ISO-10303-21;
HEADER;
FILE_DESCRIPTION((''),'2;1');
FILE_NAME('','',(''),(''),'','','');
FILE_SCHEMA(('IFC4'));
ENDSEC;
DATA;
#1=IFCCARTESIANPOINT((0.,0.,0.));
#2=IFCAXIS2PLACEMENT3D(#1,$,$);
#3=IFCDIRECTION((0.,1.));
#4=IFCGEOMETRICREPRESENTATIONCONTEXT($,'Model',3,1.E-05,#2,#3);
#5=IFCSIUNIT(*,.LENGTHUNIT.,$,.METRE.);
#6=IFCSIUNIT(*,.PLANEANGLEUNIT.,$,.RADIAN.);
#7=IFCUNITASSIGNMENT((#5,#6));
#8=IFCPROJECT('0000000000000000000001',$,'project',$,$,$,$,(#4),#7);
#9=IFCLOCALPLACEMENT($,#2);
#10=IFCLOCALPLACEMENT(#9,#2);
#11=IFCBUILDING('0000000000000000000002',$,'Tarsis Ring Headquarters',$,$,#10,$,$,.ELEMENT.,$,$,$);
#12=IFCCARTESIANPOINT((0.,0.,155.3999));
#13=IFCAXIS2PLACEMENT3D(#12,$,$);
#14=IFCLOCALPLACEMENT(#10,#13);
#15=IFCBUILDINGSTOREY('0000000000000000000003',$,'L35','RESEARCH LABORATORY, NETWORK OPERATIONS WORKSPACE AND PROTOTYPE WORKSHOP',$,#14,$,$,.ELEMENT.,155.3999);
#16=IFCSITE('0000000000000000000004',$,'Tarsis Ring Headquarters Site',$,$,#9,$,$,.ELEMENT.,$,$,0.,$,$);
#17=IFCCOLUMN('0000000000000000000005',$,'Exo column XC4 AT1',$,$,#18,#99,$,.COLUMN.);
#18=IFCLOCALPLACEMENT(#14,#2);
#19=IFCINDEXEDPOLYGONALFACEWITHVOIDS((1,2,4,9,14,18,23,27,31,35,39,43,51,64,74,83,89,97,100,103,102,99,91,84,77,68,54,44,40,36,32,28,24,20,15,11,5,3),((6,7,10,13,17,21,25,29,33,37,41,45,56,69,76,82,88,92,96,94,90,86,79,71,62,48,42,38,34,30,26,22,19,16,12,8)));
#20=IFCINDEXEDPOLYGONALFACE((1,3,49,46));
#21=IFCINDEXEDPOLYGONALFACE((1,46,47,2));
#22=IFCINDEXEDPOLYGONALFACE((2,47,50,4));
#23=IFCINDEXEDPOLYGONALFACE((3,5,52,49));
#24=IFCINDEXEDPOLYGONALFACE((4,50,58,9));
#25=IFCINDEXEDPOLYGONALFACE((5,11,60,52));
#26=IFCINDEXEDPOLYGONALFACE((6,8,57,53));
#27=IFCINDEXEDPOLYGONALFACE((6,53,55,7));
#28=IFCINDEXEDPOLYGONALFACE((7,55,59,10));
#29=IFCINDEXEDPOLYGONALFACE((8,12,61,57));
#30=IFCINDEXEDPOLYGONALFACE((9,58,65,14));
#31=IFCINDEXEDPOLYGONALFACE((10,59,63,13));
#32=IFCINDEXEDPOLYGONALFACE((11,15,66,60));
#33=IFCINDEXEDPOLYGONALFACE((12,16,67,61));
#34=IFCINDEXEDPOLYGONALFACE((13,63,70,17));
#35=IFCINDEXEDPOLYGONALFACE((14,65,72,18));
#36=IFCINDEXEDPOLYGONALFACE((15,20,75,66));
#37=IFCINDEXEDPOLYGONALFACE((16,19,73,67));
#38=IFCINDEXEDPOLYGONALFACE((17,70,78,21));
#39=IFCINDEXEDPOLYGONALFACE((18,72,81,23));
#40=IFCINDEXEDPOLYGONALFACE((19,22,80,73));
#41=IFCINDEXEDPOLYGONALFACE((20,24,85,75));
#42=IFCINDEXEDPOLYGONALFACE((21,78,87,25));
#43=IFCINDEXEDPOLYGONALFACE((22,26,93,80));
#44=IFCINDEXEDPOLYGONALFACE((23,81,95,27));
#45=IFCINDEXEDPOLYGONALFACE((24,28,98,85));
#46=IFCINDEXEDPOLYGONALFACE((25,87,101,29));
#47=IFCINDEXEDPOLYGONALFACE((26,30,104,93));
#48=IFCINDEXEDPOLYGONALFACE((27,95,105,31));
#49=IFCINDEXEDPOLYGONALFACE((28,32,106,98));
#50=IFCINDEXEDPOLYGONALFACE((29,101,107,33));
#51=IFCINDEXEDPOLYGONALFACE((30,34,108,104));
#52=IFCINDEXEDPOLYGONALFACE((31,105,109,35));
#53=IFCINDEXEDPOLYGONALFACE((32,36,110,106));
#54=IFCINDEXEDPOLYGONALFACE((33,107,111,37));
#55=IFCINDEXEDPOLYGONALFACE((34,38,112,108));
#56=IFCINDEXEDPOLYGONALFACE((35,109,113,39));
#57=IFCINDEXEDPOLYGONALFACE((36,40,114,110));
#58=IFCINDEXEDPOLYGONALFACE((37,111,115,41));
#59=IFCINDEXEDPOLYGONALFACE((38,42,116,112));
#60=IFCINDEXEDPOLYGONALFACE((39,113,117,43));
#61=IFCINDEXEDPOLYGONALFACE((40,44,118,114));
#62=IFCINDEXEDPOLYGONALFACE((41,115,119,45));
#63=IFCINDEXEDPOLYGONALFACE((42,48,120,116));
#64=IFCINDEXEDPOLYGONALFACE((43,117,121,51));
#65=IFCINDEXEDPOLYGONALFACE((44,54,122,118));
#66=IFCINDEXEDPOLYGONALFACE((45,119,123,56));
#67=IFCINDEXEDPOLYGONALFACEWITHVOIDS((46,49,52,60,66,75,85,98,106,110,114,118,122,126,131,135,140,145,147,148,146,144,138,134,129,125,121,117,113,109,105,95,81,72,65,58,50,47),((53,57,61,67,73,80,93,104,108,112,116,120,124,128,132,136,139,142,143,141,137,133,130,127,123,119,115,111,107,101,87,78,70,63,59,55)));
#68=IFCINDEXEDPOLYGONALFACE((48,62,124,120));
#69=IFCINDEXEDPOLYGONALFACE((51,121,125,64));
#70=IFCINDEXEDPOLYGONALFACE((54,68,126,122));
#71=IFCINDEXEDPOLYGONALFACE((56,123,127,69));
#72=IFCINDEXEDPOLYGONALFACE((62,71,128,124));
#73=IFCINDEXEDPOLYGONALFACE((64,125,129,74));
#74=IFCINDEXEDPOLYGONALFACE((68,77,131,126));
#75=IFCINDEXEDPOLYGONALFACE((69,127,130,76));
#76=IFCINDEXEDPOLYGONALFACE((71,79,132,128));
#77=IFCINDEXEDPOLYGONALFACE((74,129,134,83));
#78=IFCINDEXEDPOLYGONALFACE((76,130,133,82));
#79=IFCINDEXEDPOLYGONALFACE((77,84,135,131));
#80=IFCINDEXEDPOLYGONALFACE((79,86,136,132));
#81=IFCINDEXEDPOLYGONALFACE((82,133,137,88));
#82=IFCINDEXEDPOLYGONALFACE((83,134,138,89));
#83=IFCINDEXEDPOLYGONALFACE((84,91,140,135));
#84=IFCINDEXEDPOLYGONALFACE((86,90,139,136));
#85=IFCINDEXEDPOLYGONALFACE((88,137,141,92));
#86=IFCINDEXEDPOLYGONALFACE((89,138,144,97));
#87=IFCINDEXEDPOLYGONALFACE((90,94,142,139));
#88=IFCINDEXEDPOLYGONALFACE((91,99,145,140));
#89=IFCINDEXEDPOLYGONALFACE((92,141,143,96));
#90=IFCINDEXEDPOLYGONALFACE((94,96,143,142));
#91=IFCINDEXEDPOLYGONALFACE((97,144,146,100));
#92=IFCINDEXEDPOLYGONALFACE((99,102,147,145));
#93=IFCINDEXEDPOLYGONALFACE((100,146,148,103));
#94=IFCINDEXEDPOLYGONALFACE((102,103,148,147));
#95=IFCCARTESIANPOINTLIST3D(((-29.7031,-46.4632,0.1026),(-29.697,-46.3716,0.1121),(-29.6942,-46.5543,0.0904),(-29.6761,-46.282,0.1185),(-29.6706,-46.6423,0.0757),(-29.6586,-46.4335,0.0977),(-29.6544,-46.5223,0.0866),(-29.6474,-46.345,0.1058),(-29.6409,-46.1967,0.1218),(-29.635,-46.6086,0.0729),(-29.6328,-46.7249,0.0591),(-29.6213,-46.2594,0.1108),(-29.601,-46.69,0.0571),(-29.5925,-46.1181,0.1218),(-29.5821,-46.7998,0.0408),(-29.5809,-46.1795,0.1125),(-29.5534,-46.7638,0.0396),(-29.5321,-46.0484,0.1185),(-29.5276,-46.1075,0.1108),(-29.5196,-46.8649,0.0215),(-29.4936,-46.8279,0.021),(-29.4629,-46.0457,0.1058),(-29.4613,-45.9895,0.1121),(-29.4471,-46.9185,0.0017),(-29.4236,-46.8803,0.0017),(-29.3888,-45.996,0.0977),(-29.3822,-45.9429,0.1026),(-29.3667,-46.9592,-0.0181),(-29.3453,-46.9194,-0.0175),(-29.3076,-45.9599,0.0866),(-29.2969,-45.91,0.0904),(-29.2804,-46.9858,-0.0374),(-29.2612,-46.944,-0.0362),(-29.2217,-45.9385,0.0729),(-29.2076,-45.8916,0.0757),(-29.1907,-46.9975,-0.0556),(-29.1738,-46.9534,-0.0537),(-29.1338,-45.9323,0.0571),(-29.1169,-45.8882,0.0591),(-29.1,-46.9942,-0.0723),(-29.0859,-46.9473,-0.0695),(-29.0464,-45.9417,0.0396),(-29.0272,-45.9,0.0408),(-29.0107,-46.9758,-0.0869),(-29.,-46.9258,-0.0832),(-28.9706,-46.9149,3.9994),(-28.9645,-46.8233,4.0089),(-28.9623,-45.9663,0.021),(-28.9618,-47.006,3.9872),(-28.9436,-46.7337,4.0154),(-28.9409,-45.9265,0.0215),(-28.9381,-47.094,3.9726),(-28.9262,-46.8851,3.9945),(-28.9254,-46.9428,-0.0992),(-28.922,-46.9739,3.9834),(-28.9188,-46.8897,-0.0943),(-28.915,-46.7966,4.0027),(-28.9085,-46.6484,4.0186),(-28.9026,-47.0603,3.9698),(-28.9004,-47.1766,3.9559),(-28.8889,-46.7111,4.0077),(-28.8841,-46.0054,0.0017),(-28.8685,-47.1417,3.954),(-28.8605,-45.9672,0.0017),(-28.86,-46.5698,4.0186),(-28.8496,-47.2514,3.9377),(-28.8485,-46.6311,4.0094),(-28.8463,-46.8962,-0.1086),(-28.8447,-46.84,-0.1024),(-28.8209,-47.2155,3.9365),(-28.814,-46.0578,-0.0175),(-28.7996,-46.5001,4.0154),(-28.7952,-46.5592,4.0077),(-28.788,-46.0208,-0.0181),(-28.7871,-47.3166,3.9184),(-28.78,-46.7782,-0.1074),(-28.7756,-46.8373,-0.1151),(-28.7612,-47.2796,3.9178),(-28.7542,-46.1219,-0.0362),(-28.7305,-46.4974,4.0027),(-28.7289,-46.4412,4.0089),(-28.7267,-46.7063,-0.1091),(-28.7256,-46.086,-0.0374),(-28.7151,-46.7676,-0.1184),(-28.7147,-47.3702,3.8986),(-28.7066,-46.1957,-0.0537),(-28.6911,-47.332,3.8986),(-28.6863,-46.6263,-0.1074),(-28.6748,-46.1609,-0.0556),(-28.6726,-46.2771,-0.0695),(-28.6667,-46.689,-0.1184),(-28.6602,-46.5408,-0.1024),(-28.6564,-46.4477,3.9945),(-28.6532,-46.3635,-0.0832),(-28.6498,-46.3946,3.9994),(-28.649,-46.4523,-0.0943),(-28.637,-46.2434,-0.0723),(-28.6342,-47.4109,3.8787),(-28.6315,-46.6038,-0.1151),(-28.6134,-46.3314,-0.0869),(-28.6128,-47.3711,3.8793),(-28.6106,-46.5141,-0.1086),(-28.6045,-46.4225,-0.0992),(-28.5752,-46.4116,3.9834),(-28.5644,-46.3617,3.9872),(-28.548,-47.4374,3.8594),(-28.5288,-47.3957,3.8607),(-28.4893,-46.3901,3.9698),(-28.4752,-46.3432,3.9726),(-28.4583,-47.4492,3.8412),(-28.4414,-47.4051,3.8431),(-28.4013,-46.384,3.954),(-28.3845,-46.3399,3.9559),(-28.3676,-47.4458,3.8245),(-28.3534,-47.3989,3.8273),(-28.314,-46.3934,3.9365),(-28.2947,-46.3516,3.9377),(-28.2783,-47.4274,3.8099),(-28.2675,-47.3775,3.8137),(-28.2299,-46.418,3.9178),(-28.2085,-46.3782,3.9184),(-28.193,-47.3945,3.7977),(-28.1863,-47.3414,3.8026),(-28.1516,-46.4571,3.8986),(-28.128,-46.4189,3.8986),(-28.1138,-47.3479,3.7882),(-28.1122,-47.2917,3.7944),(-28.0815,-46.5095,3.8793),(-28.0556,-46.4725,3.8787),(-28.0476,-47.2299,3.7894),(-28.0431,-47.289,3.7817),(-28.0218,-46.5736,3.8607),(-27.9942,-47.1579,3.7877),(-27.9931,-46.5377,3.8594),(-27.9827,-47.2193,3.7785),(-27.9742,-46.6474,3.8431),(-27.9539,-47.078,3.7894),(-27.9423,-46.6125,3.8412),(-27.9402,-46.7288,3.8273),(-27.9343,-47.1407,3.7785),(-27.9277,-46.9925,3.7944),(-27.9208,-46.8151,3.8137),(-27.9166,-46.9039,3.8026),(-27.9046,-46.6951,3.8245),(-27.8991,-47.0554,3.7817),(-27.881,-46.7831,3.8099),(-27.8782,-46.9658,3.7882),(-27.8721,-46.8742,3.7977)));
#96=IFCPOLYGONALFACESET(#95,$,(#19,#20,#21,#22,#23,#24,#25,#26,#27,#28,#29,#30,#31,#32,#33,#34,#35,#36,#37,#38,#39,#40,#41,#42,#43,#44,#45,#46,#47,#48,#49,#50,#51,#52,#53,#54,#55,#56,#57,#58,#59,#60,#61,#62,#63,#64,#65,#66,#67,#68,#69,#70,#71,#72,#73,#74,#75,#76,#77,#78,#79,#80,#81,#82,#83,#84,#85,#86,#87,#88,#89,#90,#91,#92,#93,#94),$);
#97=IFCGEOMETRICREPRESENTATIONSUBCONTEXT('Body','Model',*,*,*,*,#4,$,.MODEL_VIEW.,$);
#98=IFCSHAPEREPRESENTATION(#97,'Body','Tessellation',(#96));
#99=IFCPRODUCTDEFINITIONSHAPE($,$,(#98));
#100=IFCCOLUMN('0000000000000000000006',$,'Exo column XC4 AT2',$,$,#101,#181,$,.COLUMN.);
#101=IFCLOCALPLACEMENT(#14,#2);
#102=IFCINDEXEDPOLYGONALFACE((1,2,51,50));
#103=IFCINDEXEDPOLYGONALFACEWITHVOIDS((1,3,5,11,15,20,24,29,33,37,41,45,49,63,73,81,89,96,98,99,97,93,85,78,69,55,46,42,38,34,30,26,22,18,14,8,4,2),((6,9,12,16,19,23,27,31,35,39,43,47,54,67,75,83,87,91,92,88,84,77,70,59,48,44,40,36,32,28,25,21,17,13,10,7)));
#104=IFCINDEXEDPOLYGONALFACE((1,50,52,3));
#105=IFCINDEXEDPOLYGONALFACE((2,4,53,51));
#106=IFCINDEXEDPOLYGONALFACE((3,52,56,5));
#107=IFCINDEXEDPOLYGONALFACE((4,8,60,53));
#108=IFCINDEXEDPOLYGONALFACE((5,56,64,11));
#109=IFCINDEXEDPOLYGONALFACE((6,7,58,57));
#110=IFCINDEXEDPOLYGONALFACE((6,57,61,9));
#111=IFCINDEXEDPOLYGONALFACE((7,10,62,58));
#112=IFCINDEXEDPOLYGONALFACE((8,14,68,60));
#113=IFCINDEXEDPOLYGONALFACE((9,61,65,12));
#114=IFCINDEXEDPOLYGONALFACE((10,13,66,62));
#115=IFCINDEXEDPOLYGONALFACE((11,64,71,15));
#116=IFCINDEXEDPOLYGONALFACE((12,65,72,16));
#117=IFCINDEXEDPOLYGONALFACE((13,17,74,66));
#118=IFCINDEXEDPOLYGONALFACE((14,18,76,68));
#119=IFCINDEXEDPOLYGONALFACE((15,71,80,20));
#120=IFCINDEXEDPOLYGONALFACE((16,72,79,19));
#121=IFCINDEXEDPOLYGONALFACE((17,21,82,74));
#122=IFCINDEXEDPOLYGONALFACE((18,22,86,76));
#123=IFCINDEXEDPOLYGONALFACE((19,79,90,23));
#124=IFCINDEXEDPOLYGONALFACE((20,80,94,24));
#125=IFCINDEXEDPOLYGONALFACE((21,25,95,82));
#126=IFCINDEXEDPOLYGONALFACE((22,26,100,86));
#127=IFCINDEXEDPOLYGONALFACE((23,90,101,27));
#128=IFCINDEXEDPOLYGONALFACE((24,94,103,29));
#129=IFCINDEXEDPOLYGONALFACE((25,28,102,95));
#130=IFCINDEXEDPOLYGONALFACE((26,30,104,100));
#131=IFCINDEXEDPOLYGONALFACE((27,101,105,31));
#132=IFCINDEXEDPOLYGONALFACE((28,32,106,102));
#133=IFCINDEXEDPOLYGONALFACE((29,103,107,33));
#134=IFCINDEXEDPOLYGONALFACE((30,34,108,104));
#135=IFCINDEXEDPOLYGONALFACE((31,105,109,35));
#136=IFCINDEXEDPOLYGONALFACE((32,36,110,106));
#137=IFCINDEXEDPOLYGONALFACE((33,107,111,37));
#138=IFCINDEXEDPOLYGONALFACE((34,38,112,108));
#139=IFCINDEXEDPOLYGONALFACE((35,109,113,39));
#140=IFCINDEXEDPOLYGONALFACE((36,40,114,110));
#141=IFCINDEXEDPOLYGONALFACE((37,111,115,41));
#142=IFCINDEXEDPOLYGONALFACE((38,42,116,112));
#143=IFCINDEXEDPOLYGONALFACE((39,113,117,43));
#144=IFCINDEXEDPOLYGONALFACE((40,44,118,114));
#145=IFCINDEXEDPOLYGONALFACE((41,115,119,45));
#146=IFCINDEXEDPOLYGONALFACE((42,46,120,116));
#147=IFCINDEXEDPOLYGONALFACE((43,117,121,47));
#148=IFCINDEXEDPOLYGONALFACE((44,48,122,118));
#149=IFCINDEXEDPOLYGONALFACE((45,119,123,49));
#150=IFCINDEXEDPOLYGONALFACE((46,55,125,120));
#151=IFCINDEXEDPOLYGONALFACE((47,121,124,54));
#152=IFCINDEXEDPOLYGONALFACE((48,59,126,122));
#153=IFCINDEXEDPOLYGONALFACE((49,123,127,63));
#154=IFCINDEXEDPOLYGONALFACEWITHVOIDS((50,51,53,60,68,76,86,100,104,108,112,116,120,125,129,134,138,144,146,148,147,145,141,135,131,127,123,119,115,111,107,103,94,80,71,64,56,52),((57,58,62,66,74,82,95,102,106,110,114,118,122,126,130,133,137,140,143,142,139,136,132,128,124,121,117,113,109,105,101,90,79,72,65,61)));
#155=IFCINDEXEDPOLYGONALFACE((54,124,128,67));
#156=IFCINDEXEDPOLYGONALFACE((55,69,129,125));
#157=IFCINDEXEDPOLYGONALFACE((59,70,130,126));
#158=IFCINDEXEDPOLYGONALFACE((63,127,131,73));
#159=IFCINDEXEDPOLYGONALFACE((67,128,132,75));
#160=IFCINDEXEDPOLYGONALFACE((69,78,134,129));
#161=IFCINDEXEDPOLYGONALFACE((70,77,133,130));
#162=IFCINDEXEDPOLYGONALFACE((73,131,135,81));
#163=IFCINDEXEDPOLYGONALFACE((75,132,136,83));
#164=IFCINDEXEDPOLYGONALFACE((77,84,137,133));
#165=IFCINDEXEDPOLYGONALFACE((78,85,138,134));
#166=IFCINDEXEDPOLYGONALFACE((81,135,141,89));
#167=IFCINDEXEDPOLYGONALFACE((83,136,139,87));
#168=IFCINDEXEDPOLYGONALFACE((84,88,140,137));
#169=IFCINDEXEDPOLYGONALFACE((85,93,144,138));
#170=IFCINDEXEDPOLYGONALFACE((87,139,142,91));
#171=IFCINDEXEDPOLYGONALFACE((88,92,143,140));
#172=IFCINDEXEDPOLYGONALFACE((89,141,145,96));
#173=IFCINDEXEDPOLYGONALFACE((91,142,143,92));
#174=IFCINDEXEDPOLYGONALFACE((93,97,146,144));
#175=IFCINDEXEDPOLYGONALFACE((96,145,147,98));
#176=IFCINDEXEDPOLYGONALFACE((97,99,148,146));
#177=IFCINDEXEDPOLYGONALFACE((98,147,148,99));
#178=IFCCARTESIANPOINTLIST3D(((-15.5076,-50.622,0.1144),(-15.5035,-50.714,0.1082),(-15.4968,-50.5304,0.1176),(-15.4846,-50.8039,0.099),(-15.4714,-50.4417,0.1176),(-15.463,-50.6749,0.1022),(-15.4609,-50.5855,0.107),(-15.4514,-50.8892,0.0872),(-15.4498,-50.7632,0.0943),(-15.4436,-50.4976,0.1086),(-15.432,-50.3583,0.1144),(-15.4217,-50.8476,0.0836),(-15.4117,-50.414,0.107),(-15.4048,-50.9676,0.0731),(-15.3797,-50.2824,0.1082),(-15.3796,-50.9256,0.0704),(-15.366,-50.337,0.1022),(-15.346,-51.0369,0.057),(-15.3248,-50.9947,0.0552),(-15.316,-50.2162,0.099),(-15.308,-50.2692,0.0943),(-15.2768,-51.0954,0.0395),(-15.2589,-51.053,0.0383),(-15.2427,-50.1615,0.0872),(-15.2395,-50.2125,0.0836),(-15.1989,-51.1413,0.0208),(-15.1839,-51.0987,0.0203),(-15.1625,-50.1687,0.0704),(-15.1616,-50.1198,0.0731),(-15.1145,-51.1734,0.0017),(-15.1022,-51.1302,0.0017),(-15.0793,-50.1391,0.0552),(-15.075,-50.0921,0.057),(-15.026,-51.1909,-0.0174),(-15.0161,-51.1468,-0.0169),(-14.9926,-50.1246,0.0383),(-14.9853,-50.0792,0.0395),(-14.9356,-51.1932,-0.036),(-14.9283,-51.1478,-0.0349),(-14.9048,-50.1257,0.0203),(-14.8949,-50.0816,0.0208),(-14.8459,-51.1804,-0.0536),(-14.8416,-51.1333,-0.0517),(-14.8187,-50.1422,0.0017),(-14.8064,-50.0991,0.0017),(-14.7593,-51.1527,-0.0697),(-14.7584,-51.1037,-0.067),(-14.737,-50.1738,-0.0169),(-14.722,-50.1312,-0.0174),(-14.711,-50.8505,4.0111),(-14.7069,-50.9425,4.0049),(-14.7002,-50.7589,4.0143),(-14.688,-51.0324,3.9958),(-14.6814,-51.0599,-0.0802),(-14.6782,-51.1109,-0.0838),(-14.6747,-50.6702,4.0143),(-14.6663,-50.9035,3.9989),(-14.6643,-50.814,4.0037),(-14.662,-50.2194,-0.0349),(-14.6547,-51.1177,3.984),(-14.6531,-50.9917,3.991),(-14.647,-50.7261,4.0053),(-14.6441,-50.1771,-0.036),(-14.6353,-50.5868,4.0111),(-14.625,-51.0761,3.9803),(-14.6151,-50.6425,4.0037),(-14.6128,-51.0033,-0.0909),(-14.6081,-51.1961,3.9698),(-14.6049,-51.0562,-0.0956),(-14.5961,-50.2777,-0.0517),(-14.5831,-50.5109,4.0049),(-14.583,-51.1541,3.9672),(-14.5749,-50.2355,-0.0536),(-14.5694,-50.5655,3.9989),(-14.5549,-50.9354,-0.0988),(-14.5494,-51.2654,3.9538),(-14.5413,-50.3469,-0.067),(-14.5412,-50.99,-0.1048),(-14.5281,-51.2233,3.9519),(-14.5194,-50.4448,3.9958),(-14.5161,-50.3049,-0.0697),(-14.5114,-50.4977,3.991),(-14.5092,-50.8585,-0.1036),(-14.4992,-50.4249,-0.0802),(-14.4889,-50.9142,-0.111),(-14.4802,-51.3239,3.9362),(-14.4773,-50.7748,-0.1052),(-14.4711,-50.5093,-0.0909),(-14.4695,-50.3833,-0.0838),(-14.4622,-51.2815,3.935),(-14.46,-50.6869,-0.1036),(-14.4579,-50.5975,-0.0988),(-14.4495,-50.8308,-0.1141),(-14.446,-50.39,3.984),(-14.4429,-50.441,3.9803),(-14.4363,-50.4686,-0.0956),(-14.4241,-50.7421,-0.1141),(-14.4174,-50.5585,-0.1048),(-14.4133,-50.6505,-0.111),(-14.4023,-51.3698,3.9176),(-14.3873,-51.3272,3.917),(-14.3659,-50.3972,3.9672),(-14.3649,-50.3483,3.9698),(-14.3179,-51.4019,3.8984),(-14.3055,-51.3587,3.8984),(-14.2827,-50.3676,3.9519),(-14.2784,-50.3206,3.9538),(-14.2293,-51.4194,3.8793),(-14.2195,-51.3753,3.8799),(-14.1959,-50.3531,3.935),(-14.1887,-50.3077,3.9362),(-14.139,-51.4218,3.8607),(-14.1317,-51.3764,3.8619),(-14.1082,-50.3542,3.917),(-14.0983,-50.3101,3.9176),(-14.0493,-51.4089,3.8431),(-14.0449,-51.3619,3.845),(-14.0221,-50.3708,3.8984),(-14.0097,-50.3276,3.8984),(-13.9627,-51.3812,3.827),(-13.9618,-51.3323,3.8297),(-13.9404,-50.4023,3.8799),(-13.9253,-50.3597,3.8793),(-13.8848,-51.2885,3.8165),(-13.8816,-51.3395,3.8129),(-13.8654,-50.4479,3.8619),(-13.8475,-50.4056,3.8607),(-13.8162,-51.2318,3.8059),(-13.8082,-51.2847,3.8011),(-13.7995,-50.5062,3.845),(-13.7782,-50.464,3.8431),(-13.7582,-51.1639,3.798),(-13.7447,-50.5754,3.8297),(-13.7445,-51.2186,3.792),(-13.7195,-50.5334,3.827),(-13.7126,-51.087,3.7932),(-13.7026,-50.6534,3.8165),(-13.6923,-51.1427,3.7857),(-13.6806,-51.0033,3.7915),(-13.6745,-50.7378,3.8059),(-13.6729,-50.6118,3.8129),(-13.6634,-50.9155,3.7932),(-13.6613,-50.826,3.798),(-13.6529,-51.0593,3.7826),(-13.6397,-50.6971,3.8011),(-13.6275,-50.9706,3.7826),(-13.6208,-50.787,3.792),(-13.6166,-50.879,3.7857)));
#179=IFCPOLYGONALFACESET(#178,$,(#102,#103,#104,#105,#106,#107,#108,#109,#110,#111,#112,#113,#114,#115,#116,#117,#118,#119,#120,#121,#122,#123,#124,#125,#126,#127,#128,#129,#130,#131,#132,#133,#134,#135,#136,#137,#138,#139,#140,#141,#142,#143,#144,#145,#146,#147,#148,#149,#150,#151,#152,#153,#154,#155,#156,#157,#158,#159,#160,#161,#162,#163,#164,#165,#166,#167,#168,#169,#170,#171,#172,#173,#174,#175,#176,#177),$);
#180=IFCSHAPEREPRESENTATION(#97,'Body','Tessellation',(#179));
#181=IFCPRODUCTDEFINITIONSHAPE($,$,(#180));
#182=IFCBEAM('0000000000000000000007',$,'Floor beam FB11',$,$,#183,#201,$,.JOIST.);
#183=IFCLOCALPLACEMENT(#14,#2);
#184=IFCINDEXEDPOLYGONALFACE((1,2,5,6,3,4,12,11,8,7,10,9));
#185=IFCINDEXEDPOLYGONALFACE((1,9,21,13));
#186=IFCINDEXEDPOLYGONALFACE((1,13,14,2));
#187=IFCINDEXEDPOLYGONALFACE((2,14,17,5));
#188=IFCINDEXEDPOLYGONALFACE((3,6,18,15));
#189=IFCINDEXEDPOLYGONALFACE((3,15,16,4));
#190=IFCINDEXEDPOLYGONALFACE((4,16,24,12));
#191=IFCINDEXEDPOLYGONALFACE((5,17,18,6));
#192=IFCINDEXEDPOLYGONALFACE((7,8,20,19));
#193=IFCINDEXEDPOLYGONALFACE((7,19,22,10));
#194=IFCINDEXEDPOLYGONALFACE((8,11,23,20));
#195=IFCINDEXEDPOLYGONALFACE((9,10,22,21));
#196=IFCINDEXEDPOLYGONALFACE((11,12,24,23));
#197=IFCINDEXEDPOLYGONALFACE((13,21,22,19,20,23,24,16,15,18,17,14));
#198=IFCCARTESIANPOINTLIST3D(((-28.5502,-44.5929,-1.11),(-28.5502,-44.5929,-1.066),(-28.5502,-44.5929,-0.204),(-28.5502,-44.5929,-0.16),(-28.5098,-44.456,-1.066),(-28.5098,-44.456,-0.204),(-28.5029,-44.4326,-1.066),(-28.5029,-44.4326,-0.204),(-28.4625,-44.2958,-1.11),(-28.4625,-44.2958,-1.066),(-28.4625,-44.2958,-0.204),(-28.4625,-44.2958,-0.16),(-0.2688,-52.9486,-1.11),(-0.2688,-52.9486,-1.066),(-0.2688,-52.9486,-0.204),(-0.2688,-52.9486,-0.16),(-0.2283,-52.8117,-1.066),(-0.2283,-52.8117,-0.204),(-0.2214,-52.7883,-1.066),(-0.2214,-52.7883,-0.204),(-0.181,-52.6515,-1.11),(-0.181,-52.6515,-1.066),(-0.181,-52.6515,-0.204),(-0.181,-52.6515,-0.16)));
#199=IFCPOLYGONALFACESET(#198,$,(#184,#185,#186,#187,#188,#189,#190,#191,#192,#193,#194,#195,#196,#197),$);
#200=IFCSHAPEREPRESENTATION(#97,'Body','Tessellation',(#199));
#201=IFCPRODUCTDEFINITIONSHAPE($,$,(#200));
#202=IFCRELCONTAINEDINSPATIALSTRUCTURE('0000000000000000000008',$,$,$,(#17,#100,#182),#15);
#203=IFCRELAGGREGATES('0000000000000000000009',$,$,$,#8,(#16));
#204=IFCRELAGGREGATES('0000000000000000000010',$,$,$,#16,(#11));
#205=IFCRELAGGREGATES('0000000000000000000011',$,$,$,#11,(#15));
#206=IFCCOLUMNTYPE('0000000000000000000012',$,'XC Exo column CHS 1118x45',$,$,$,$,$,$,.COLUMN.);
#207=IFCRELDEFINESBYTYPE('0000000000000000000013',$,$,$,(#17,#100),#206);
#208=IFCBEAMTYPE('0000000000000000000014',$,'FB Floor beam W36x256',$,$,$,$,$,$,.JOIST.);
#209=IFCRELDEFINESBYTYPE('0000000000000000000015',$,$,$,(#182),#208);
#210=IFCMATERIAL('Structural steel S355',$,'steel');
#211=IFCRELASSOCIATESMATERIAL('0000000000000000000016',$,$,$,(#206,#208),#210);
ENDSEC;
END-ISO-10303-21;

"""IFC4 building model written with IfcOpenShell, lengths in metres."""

from ifc_helpers import new_model, si_unit, direction, frame, origin, origin_2d, place, context, subcontext, project, spatial, hollow_circle, i_section, extrude, material, material_profile, profile_set, type_object, element, save


model = new_model("IFC4")

# Units and contexts
model_context = context("Model", 3, precision=1e-05, world=origin(), true_north=direction((0.0, 1.0)))
body_context = subcontext(model_context, "Body", "Model", "MODEL_VIEW")
ifc_project = project(units=[si_unit("LENGTHUNIT", "METRE"), si_unit("PLANEANGLEUNIT", "RADIAN")], contexts=[model_context])

# Site, building, storey
site_placement = place(None, origin())
site = spatial("IfcSite", under=ifc_project, at=site_placement, Name="Tarsis Ring Headquarters Site", CompositionType="ELEMENT", RefElevation=0.0)
building_placement = place(site_placement, origin())
building = spatial("IfcBuilding", under=site, at=building_placement, Name="Tarsis Ring Headquarters", CompositionType="ELEMENT")
storey_placement = place(building_placement, frame((0.0, 0.0, 155.3999)))
storey = spatial("IfcBuildingStorey", under=building, at=storey_placement, Name="L35", Description="RESEARCH LABORATORY, NETWORK OPERATIONS WORKSPACE AND PROTOTYPE WORKSHOP", CompositionType="ELEMENT", Elevation=155.3999)

# Columns
ifc_material_1 = material(Name="Structural steel S355", Category="steel")
ifc_material_profile_1 = material_profile(ifc_material_1, hollow_circle(Radius=0.5588, WallThickness=0.0449, at=origin_2d()), Name="CHS 1118x45")
ifc_profile_set_1 = profile_set([ifc_material_profile_1], Name="Structural steel S355")
column_type = type_object("IfcColumnType", Name="XC Exo column CHS 1118x45", PredefinedType="COLUMN", material=ifc_profile_set_1)
column_1_placement = place(storey_placement, frame((-29.1538, -46.4429, 0.0017), z_axis=(0.183537, -0.113181, 0.976476), x_axis=(0.524889, 0.851171, 0.0)))
element("IfcColumn", 1, at=column_1_placement, inside=storey, type_object=column_type, Name="Exo column XC4 AT1", PredefinedType="COLUMN", context=body_context, shape_type="SweptSolid", body=[
    extrude(hollow_circle(Radius=0.5588, WallThickness=0.0449, at=origin_2d()), origin(), (0.0, 0.0, 1.0), 3.9907),
])
column_2_placement = place(storey_placement, frame((-14.9604, -50.6362, 0.0017), z_axis=(0.199963, -0.05736, 0.978123), x_axis=(0.275733, 0.961234, 0.0)))
element("IfcColumn", 2, at=column_2_placement, inside=storey, type_object=column_type, Name="Exo column XC4 AT2", PredefinedType="COLUMN", context=body_context, shape_type="SweptSolid", body=[
    extrude(hollow_circle(Radius=0.5588, WallThickness=0.0449, at=origin_2d()), origin(), (0.0, 0.0, 1.0), 3.9839),
])

# Beam
ifc_material_profile_2 = material_profile(ifc_material_1, i_section(OverallWidth=0.3098, OverallDepth=0.95, WebThickness=0.0244, FlangeThickness=0.0439, at=origin_2d()), Name="W36x256")
ifc_profile_set_2 = profile_set([ifc_material_profile_2], Name="Structural steel S355")
beam_type_1 = type_object("IfcBeamType", Name="FB Floor beam W36x256", PredefinedType="JOIST", material=ifc_profile_set_2)
beam_placement = place(storey_placement, frame((-28.5063, -44.4443, -0.635), z_axis=(0.959019, -0.28334, 0.0), x_axis=(0.28334, 0.959019, 0.0)))
element("IfcBeam", 3, at=beam_placement, inside=storey, type_object=beam_type_1, Name="Floor beam FB11", PredefinedType="JOIST", context=body_context, shape_type="SweptSolid", body=[
    extrude(i_section(OverallWidth=0.3098, OverallDepth=0.95, WebThickness=0.0244, FlangeThickness=0.0439, at=origin_2d()), origin(), (0.0, 0.0, 1.0), 29.49),
])

save(model, "model.ifc")
